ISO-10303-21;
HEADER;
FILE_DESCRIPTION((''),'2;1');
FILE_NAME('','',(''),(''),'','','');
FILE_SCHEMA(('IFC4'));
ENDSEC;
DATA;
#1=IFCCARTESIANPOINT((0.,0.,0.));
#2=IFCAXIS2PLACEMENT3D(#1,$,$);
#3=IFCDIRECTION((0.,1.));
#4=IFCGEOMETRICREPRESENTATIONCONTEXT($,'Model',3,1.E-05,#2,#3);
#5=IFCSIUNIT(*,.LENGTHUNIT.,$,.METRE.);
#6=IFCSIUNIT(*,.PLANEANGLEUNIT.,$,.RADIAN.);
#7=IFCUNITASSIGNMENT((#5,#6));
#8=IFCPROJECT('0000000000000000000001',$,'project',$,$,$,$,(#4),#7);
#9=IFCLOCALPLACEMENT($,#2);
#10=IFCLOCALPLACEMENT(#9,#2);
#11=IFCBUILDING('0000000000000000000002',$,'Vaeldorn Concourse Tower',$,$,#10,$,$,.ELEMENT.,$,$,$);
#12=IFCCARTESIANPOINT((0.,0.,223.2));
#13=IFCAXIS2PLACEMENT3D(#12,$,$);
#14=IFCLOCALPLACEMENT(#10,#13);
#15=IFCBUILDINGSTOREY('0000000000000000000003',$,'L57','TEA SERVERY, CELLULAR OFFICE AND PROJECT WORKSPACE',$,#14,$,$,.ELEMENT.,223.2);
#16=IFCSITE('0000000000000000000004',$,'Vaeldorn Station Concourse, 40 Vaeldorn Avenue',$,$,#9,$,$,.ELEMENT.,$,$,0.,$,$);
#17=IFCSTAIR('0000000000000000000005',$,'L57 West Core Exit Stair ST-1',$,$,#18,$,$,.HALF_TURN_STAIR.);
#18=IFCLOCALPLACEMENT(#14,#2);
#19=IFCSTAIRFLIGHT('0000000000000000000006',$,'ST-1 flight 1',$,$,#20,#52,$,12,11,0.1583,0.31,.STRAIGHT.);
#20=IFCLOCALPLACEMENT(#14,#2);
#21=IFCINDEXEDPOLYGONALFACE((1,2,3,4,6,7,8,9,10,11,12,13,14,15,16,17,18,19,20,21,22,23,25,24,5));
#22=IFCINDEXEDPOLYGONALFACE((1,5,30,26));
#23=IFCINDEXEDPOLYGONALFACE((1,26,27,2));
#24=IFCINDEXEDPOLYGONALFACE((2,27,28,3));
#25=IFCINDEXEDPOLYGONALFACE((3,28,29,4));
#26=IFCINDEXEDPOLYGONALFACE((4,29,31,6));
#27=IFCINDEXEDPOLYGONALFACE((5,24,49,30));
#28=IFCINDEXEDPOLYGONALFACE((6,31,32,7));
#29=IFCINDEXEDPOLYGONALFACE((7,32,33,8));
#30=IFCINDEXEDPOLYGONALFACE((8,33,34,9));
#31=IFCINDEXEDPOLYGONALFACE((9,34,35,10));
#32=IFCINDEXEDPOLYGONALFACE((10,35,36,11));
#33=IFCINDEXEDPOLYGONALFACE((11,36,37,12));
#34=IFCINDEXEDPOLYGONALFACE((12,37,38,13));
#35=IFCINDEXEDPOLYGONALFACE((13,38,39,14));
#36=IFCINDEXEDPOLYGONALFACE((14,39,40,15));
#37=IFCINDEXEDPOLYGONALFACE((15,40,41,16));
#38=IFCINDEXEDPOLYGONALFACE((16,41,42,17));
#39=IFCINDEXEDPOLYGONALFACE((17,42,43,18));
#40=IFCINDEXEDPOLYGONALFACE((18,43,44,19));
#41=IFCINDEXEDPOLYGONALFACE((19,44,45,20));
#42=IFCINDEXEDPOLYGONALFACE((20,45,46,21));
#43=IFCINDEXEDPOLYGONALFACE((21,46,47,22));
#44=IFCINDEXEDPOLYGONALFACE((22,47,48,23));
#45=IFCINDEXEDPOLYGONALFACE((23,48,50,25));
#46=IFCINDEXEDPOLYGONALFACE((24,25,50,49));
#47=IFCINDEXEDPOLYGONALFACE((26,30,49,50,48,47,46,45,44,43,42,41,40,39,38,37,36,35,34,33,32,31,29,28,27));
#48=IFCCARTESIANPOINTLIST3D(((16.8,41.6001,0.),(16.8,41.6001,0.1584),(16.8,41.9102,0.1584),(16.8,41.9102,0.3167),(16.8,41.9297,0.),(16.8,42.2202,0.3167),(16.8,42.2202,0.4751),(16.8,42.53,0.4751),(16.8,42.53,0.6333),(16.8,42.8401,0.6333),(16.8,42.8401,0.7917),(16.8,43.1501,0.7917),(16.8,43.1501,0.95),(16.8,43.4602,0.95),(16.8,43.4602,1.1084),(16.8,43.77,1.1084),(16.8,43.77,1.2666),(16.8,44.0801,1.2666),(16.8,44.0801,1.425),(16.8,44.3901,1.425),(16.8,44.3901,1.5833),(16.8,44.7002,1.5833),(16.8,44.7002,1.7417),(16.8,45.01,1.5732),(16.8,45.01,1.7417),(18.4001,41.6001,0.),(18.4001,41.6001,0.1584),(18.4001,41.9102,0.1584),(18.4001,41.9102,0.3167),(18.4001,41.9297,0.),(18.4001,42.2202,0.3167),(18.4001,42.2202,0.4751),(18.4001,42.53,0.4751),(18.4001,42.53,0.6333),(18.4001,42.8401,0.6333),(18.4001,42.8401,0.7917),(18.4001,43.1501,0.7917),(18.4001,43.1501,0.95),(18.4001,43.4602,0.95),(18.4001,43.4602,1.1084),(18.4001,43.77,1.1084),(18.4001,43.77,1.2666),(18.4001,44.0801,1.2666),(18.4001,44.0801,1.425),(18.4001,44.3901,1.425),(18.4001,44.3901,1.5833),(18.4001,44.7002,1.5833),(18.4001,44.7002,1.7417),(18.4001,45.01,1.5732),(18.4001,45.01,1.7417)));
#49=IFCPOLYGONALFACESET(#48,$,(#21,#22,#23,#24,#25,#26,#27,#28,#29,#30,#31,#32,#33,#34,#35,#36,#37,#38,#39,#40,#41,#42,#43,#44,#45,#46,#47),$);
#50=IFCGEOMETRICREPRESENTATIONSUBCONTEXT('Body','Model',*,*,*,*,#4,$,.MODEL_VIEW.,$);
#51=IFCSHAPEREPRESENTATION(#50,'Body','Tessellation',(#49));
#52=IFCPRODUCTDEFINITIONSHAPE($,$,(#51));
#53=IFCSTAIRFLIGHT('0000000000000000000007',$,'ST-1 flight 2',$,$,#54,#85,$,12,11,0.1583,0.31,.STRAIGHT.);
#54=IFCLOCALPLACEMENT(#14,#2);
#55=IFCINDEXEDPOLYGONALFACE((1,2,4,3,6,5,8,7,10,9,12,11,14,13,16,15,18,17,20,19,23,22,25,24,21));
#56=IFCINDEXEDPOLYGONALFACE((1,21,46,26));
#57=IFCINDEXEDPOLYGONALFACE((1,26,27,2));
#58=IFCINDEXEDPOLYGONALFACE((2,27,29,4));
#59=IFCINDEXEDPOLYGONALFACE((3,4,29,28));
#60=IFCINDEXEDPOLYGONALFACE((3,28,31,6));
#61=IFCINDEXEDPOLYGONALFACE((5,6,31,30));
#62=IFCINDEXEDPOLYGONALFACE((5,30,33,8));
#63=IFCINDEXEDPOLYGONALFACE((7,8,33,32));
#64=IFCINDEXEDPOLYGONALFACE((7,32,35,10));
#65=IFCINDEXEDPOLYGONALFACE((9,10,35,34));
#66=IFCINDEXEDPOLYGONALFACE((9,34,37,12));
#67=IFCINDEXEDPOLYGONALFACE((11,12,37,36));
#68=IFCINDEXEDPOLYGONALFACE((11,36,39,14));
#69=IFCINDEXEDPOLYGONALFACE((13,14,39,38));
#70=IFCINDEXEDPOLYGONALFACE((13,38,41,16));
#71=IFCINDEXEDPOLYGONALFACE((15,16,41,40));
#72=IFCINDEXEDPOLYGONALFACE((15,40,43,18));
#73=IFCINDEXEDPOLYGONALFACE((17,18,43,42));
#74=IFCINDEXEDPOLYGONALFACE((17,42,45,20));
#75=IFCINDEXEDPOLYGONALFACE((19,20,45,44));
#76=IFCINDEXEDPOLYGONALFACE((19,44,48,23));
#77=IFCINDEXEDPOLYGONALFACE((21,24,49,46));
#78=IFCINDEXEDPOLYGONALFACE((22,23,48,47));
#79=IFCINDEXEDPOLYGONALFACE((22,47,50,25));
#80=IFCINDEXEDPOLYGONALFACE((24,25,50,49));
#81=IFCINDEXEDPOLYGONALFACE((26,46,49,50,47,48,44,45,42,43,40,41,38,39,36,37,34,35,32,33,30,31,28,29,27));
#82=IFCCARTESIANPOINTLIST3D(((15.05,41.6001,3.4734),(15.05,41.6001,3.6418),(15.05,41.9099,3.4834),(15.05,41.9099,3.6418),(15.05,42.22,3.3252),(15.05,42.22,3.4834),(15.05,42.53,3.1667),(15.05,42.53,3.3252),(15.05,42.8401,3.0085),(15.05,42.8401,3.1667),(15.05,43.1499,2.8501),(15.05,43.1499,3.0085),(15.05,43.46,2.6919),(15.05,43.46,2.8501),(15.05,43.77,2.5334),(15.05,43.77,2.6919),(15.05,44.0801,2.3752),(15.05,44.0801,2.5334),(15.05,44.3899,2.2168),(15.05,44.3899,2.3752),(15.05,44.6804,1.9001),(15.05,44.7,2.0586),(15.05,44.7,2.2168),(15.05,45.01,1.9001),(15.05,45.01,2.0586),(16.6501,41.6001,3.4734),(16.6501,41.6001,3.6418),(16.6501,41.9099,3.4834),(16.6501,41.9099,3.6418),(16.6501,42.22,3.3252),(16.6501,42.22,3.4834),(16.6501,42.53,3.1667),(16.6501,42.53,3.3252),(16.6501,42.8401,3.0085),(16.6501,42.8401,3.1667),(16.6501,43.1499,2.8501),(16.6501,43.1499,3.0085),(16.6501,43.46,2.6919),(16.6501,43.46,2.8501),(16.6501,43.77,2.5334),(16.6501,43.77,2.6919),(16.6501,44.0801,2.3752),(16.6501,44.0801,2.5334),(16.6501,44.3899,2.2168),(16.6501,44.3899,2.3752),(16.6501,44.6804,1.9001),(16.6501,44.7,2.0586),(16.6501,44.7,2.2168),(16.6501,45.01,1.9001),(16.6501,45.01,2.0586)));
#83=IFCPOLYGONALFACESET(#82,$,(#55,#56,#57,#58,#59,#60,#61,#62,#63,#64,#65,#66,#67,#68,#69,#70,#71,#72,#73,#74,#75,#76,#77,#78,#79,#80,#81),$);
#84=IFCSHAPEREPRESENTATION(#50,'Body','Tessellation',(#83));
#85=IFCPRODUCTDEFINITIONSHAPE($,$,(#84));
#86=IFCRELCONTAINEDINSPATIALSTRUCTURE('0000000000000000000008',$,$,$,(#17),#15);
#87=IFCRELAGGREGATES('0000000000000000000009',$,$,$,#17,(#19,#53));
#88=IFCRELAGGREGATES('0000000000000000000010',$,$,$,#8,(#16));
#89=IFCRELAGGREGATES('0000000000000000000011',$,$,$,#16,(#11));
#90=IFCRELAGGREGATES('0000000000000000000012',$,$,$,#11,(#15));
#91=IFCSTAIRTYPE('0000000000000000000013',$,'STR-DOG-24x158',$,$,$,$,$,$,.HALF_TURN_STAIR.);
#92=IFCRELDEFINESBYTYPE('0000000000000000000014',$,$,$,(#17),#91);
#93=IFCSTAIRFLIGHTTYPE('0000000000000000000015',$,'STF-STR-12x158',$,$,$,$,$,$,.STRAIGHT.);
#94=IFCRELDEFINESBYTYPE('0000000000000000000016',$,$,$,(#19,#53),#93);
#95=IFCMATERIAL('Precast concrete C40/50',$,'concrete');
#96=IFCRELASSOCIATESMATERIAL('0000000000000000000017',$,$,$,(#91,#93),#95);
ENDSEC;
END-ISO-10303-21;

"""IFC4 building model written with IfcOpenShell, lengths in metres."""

from ifc_helpers import new_model, si_unit, direction, frame, origin, place, context, subcontext, project, spatial, polyline, outline, extrude, material, type_object, element, aggregate, save


model = new_model("IFC4")

# Units and contexts
model_context = context("Model", 3, precision=1e-05, world=origin(), true_north=direction((0.0, 1.0)))
body_context = subcontext(model_context, "Body", "Model", "MODEL_VIEW")
ifc_project = project(units=[si_unit("LENGTHUNIT", "METRE"), si_unit("PLANEANGLEUNIT", "RADIAN")], contexts=[model_context])

# Site, building, storey
site_placement = place(None, origin())
site = spatial("IfcSite", under=ifc_project, at=site_placement, Name="Vaeldorn Station Concourse, 40 Vaeldorn Avenue", CompositionType="ELEMENT", RefElevation=0.0)
building_placement = place(site_placement, origin())
building = spatial("IfcBuilding", under=site, at=building_placement, Name="Vaeldorn Concourse Tower", CompositionType="ELEMENT")
storey_placement = place(building_placement, frame((0.0, 0.0, 223.2)))
storey = spatial("IfcBuildingStorey", under=building, at=storey_placement, Name="L57", Description="TEA SERVERY, CELLULAR OFFICE AND PROJECT WORKSPACE", CompositionType="ELEMENT", Elevation=223.2)

# Stair, stair flights
ifc_material_1 = material(Name="Precast concrete C40/50", Category="concrete")
stair_type = type_object("IfcStairType", Name="STR-DOG-24x158", PredefinedType="HALF_TURN_STAIR", material=ifc_material_1)
stair_placement = place(storey_placement, origin())
stair = element("IfcStair", 1, at=stair_placement, inside=storey, type_object=stair_type, Name="L57 West Core Exit Stair ST-1", PredefinedType="HALF_TURN_STAIR")
stair_flight_type = type_object("IfcStairFlightType", Name="STF-STR-12x158", PredefinedType="STRAIGHT", material=ifc_material_1)
stair_flight_1_placement = place(storey_placement, frame((17.6001, 41.6001, 0.0), z_axis=(0.0, 0.0, 1.0), x_axis=(0.0, 1.0, 0.0)))
stair_flight_1 = element("IfcStairFlight", 2, at=stair_flight_1_placement, type_object=stair_flight_type, Name="ST-1 flight 1", NumberOfRisers=12, NumberOfTreads=11, PredefinedType="STRAIGHT", RiserHeight=0.1583, TreadLength=0.31, context=body_context, shape_type="SweptSolid", body=[
    extrude(outline(polyline([(0.0, 0.0), (0.0, 0.1584), (0.3101, 0.1584), (0.3101, 0.3167), (0.6201, 0.3167), (0.6201, 0.4751), (0.9299, 0.4751), (0.9299, 0.6333), (1.24, 0.6333), (1.24, 0.7917), (1.55, 0.7917), (1.55, 0.95), (1.8601, 0.95), (1.8601, 1.1084), (2.1699, 1.1084), (2.1699, 1.2666), (2.48, 1.2666), (2.48, 1.425), (2.79, 1.425), (2.79, 1.5833), (3.1001, 1.5833), (3.1001, 1.7417), (3.4099, 1.7417), (3.4099, 1.8999), (3.4099, 1.5732), (0.3296, 0.0), (0.0, 0.0)])), frame((0.0, 0.8, 0.0), z_axis=(0.0, -1.0, 0.0), x_axis=(1.0, 0.0, 0.0)), (0.0, 0.0, 1.0), 1.6001),
])
stair_flight_2_placement = place(storey_placement, frame((15.8501, 45.01, 1.9001), z_axis=(0.0, 0.0, 1.0), x_axis=(0.0, -1.0, 0.0)))
stair_flight_2 = element("IfcStairFlight", 3, at=stair_flight_2_placement, type_object=stair_flight_type, Name="ST-1 flight 2", NumberOfRisers=12, NumberOfTreads=11, PredefinedType="STRAIGHT", RiserHeight=0.1583, TreadLength=0.31, context=body_context, shape_type="SweptSolid", body=[
    extrude(outline(polyline([(0.0, 0.0), (0.0, 0.1584), (0.3101, 0.1584), (0.3101, 0.3167), (0.6201, 0.3167), (0.6201, 0.4751), (0.9299, 0.4751), (0.9299, 0.6333), (1.24, 0.6333), (1.24, 0.7917), (1.55, 0.7917), (1.55, 0.95), (1.8601, 0.95), (1.8601, 1.1084), (2.1699, 1.1084), (2.1699, 1.2666), (2.48, 1.2666), (2.48, 1.425), (2.79, 1.425), (2.79, 1.5833), (3.1001, 1.5833), (3.1001, 1.7417), (3.4099, 1.7417), (3.4099, 1.8999), (3.4099, 1.5732), (0.3296, 0.0), (0.0, 0.0)])), frame((0.0, 0.8, 0.0), z_axis=(0.0, -1.0, 0.0), x_axis=(1.0, 0.0, 0.0)), (0.0, 0.0, 1.0), 1.6001),
])
aggregate(stair, [stair_flight_1, stair_flight_2])

save(model, "model.ifc")
